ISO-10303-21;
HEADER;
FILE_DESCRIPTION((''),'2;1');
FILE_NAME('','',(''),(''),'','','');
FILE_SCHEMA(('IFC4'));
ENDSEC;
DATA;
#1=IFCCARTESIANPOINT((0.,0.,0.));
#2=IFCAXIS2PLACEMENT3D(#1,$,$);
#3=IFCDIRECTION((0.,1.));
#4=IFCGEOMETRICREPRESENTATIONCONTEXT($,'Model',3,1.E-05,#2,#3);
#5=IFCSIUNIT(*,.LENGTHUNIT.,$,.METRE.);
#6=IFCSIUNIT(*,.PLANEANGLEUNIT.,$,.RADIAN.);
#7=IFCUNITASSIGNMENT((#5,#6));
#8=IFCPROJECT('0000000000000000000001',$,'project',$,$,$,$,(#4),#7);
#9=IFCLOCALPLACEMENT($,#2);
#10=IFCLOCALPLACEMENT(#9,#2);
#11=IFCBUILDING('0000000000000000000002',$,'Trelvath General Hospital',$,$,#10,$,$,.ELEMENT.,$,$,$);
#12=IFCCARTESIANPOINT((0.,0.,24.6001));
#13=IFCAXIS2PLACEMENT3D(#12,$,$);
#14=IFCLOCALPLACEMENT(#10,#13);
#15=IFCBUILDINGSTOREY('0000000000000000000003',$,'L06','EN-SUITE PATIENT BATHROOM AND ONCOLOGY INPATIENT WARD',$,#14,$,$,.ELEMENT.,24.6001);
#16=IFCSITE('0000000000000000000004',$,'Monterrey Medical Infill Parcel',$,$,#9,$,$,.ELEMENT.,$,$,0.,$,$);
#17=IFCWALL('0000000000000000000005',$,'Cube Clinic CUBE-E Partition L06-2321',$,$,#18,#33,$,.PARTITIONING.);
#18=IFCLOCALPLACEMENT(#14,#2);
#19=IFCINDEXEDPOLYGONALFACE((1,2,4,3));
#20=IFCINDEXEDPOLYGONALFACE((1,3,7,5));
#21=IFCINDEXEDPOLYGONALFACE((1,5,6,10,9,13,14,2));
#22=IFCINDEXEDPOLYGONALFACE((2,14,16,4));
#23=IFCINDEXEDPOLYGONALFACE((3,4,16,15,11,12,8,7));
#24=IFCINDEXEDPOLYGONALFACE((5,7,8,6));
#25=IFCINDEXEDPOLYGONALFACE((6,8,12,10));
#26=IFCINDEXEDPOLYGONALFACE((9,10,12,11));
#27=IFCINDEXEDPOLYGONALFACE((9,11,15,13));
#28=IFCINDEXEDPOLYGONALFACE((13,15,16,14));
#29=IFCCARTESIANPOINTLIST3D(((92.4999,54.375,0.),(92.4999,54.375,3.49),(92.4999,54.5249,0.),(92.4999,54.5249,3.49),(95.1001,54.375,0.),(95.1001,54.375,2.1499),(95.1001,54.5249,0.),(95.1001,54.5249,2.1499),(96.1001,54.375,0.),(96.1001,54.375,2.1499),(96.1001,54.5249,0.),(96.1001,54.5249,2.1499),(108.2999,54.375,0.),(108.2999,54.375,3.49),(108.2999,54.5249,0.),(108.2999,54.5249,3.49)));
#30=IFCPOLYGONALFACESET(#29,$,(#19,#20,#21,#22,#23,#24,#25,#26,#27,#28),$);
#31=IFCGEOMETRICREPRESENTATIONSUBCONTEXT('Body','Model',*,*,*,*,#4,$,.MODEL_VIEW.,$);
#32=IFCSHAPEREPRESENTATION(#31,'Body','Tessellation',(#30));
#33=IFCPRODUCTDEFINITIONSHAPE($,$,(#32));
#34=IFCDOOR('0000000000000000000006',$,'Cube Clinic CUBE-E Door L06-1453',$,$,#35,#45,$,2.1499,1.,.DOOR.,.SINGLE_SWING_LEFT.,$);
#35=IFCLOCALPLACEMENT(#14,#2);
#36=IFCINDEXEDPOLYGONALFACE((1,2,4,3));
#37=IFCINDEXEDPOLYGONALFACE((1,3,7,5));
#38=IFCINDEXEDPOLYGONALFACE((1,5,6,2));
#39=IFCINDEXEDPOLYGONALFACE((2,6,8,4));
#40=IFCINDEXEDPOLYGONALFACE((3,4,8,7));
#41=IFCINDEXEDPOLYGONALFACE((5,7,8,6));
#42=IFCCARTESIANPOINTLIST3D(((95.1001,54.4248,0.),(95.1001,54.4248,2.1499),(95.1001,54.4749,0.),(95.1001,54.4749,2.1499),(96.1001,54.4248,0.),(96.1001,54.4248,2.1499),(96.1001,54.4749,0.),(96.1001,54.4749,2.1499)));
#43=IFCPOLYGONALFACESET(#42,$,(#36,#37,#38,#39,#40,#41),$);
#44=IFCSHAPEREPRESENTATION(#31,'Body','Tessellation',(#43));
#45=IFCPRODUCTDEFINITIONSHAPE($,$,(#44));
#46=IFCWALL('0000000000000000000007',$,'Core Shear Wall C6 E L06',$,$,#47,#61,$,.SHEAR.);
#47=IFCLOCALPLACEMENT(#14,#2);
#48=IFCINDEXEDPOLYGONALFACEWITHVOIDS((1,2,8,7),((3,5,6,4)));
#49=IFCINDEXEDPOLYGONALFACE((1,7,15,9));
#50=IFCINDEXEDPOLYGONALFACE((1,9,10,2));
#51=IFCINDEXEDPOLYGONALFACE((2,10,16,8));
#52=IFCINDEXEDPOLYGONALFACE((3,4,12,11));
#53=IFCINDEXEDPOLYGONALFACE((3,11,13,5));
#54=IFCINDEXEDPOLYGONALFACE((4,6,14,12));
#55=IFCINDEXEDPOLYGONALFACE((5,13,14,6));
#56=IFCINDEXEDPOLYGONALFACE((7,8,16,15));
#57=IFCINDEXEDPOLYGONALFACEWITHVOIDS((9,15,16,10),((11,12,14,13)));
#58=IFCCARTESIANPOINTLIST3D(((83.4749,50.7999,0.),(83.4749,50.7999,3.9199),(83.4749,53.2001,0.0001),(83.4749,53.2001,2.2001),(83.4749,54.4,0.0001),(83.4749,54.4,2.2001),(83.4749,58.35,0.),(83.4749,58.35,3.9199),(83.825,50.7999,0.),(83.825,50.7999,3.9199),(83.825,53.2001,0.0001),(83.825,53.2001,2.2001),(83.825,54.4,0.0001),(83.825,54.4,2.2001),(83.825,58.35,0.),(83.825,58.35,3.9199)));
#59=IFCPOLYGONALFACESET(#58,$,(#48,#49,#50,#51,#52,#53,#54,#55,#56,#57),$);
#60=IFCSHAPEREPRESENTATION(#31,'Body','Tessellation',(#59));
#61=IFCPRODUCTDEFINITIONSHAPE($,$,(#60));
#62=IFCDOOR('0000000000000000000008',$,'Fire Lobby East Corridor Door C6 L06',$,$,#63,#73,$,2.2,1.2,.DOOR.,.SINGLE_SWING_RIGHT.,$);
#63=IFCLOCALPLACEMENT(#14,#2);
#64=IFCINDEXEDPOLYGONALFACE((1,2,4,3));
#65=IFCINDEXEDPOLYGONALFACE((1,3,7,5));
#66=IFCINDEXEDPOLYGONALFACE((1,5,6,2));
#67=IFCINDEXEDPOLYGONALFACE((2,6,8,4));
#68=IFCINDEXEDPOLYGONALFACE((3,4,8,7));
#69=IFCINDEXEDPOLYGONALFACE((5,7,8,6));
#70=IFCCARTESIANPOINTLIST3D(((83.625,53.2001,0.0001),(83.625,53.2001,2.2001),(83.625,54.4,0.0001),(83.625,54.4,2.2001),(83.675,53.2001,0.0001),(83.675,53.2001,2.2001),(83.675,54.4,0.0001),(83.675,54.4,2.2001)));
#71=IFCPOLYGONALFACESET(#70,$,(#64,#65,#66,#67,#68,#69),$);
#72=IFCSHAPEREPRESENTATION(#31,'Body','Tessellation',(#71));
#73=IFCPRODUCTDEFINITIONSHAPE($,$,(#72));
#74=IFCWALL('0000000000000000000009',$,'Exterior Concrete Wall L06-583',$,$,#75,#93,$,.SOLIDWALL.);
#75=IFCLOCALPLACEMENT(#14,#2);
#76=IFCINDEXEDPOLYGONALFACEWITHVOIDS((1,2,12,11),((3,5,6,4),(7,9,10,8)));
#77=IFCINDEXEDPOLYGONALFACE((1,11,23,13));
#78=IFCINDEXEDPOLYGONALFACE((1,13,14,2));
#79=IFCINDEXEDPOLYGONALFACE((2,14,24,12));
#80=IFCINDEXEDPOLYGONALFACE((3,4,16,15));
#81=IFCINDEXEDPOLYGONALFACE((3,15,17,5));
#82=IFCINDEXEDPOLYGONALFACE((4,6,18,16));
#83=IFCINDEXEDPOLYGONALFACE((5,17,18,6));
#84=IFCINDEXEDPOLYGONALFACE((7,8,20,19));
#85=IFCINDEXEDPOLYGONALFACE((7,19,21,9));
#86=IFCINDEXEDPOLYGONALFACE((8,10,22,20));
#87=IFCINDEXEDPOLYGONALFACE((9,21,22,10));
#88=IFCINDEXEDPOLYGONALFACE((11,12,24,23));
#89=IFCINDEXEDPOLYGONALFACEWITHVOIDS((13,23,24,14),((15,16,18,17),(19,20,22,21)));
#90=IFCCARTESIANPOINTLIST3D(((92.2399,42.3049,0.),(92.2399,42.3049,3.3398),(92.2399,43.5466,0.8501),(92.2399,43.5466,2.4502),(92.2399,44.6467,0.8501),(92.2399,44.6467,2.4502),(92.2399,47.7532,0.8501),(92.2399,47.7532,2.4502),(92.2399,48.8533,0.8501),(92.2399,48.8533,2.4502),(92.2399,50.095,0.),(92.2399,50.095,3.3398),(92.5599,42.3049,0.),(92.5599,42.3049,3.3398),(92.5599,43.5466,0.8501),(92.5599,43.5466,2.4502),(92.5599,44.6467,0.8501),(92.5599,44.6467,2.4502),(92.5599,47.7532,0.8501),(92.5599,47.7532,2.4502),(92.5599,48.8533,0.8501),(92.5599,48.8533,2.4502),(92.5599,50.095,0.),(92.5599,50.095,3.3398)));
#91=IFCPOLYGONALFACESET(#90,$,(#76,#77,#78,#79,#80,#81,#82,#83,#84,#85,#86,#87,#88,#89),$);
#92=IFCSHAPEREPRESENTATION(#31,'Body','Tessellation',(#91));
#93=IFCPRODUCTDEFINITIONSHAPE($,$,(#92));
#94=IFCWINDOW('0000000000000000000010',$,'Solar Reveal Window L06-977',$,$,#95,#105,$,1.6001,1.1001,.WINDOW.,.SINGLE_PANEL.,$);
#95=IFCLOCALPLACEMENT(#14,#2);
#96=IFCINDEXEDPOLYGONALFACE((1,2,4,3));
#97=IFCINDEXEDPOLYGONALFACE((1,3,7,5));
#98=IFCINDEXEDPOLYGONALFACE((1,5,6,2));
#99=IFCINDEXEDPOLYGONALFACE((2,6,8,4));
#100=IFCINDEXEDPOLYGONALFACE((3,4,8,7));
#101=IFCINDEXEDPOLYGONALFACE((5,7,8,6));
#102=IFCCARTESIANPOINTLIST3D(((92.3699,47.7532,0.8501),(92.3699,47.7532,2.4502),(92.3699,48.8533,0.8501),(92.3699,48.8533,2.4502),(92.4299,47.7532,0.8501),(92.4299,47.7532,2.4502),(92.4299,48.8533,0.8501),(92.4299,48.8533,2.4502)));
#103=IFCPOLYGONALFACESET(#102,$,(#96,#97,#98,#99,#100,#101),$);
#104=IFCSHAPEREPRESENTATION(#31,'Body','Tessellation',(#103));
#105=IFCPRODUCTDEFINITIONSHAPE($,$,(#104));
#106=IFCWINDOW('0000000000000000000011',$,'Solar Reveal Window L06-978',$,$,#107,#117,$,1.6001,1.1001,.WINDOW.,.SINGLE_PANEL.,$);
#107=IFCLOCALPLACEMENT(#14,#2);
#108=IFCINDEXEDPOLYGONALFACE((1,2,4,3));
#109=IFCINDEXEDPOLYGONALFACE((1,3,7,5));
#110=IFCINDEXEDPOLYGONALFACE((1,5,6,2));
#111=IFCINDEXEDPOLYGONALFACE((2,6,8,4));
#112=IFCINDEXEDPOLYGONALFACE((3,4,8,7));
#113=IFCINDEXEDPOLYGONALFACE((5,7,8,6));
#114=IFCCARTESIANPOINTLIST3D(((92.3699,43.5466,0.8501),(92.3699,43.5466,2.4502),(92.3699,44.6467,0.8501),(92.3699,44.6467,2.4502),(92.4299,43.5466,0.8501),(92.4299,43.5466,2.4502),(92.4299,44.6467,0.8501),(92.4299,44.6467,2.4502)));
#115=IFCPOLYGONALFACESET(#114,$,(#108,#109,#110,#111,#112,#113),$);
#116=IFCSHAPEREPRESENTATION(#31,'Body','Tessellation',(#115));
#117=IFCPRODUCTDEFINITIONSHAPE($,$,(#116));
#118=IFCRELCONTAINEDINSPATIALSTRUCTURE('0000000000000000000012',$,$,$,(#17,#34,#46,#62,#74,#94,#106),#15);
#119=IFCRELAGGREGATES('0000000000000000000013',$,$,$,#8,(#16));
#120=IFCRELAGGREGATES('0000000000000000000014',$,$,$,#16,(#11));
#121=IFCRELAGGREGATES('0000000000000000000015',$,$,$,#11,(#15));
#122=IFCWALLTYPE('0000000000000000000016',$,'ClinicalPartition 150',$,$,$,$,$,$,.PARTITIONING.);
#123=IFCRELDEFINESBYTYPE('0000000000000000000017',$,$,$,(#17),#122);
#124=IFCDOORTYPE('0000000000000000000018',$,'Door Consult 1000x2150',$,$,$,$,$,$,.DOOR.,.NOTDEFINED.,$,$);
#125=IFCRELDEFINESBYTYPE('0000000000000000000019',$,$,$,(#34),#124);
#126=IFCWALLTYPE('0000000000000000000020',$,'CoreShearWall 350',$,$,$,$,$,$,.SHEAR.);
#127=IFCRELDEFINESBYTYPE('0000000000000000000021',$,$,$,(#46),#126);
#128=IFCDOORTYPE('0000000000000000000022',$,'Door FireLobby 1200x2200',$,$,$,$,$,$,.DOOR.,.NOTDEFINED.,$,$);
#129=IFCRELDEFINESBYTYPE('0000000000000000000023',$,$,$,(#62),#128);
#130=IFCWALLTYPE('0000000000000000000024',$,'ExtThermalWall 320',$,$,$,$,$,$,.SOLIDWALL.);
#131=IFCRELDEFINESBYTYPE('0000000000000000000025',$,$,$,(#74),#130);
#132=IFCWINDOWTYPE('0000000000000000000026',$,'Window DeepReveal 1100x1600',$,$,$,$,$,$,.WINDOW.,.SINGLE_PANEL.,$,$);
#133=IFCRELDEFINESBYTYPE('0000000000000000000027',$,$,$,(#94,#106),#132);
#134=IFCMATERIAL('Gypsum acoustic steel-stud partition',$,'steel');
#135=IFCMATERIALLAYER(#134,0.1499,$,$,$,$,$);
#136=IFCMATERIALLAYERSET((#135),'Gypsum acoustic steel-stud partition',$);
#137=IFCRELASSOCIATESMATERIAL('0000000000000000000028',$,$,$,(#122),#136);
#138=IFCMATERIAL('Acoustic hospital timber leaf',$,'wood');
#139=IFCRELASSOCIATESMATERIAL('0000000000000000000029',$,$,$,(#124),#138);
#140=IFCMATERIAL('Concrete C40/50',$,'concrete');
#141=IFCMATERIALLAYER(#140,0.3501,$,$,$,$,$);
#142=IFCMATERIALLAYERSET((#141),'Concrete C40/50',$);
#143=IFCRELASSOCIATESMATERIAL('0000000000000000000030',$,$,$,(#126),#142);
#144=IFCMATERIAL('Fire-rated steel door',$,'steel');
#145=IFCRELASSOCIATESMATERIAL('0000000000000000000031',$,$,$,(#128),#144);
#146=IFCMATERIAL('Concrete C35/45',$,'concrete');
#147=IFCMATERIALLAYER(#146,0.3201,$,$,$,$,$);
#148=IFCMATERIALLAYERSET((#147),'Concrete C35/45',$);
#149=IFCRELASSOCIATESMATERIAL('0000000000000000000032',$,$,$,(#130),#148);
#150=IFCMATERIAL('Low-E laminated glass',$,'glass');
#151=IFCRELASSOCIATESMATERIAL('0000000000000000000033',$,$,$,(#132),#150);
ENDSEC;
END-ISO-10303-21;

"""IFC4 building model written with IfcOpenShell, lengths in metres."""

from ifc_helpers import new_model, si_unit, direction, frame, frame_2d, origin, place, context, subcontext, project, spatial, rectangle, extrude, material, layer, layer_set, type_object, element, fill, save


model = new_model("IFC4")

# Units and contexts
model_context = context("Model", 3, precision=1e-05, world=origin(), true_north=direction((0.0, 1.0)))
body_context = subcontext(model_context, "Body", "Model", "MODEL_VIEW")
ifc_project = project(units=[si_unit("LENGTHUNIT", "METRE"), si_unit("PLANEANGLEUNIT", "RADIAN")], contexts=[model_context])

# Site, building, storey
site_placement = place(None, origin())
site = spatial("IfcSite", under=ifc_project, at=site_placement, Name="Monterrey Medical Infill Parcel", CompositionType="ELEMENT", RefElevation=0.0)
building_placement = place(site_placement, origin())
building = spatial("IfcBuilding", under=site, at=building_placement, Name="Trelvath General Hospital", CompositionType="ELEMENT")
storey_placement = place(building_placement, frame((0.0, 0.0, 24.6001)))
storey = spatial("IfcBuildingStorey", under=building, at=storey_placement, Name="L06", Description="EN-SUITE PATIENT BATHROOM AND ONCOLOGY INPATIENT WARD", CompositionType="ELEMENT", Elevation=24.6001)

# Walls, openings, doors
ifc_material_1 = material(Name="Gypsum acoustic steel-stud partition", Category="steel")
ifc_layer_1 = layer(ifc_material_1, 0.1499)
ifc_layer_set_1 = layer_set([ifc_layer_1], Name="Gypsum acoustic steel-stud partition")
wall_type_1 = type_object("IfcWallType", Name="ClinicalPartition 150", PredefinedType="PARTITIONING", material=ifc_layer_set_1)
wall_1_placement = place(storey_placement, frame((92.5, 54.45, 0.0), z_axis=(0.0, 0.0, 1.0), x_axis=(1.0, 0.0, 0.0)))
wall_1 = element("IfcWall", 1, at=wall_1_placement, inside=storey, type_object=wall_type_1, Name="Cube Clinic CUBE-E Partition L06-2321", PredefinedType="PARTITIONING", context=body_context, shape_type="SweptSolid", body=[
    extrude(rectangle(XDim=15.8, YDim=0.1499, at=frame_2d((7.8999, 0.0))), origin(), (0.0, 0.0, 1.0), 3.49),
])
opening_1_placement = place(wall_1_placement, frame((2.6001, 0.0, 0.0)))
opening_1 = element("IfcOpeningElement", 2, at=opening_1_placement, cuts=wall_1, PredefinedType="OPENING", context=body_context, shape_type="SweptSolid", body=[
    extrude(rectangle(XDim=1.0, YDim=2.1499, at=frame_2d((0.5, 1.075))), frame((0.0, 0.085, 0.0), z_axis=(0.0, -1.0, 0.0), x_axis=(1.0, 0.0, 0.0)), (0.0, 0.0, 1.0), 0.1699),
])
ifc_material_2 = material(Name="Acoustic hospital timber leaf", Category="wood")
door_type_1 = type_object("IfcDoorType", Name="Door Consult 1000x2150", OperationType="NOTDEFINED", PredefinedType="DOOR", material=ifc_material_2)
door_1_placement = place(opening_1_placement, origin())
door_1 = element("IfcDoor", 3, at=door_1_placement, inside=storey, type_object=door_type_1, Name="Cube Clinic CUBE-E Door L06-1453", OperationType="SINGLE_SWING_LEFT", OverallHeight=2.1499, OverallWidth=1.0, PredefinedType="DOOR", context=body_context, shape_type="SweptSolid", body=[
    extrude(rectangle(XDim=1.0, YDim=2.1499, at=frame_2d((0.5, 1.075))), frame((0.0, 0.0249, 0.0), z_axis=(0.0, -1.0, 0.0), x_axis=(1.0, 0.0, 0.0)), (0.0, 0.0, 1.0), 0.05),
])
fill(opening_1, door_1)
ifc_material_3 = material(Name="Concrete C40/50", Category="concrete")
ifc_layer_2 = layer(ifc_material_3, 0.3501)
ifc_layer_set_2 = layer_set([ifc_layer_2], Name="Concrete C40/50")
wall_type_2 = type_object("IfcWallType", Name="CoreShearWall 350", PredefinedType="SHEAR", material=ifc_layer_set_2)
wall_2_placement = place(storey_placement, frame((83.6499, 50.8, 0.0), z_axis=(0.0, 0.0, 1.0), x_axis=(0.0, 1.0, 0.0)))
wall_2 = element("IfcWall", 4, at=wall_2_placement, inside=storey, type_object=wall_type_2, Name="Core Shear Wall C6 E L06", PredefinedType="SHEAR", context=body_context, shape_type="SweptSolid", body=[
    extrude(rectangle(XDim=7.55, YDim=0.3501, at=frame_2d((3.7749, 0.0))), origin(), (0.0, 0.0, 1.0), 3.9199),
])
opening_2_placement = place(wall_2_placement, frame((2.3999, 0.0, 0.0)))
opening_2 = element("IfcOpeningElement", 5, at=opening_2_placement, cuts=wall_2, PredefinedType="OPENING", context=body_context, shape_type="SweptSolid", body=[
    extrude(rectangle(XDim=1.2, YDim=2.2, at=frame_2d((0.6001, 1.1001))), frame((0.0, 0.1851, 0.0), z_axis=(0.0, -1.0, 0.0), x_axis=(1.0, 0.0, 0.0)), (0.0, 0.0, 1.0), 0.3701),
])
ifc_material_4 = material(Name="Fire-rated steel door", Category="steel")
door_type_2 = type_object("IfcDoorType", Name="Door FireLobby 1200x2200", OperationType="NOTDEFINED", PredefinedType="DOOR", material=ifc_material_4)
door_2_placement = place(opening_2_placement, origin())
door_2 = element("IfcDoor", 6, at=door_2_placement, inside=storey, type_object=door_type_2, Name="Fire Lobby East Corridor Door C6 L06", OperationType="SINGLE_SWING_RIGHT", OverallHeight=2.2, OverallWidth=1.2, PredefinedType="DOOR", context=body_context, shape_type="SweptSolid", body=[
    extrude(rectangle(XDim=1.2, YDim=2.2, at=frame_2d((0.6001, 1.1001))), frame((0.0, 0.0249, 0.0), z_axis=(0.0, -1.0, 0.0), x_axis=(1.0, 0.0, 0.0)), (0.0, 0.0, 1.0), 0.05),
])
fill(opening_2, door_2)

# Wall, openings, windows
ifc_material_5 = material(Name="Concrete C35/45", Category="concrete")
ifc_layer_3 = layer(ifc_material_5, 0.3201)
ifc_layer_set_3 = layer_set([ifc_layer_3], Name="Concrete C35/45")
wall_type_3 = type_object("IfcWallType", Name="ExtThermalWall 320", PredefinedType="SOLIDWALL", material=ifc_layer_set_3)
wall_3_placement = place(storey_placement, frame((92.3999, 50.095, 0.0), z_axis=(0.0, 0.0, 1.0), x_axis=(0.0, -1.0, 0.0)))
wall_3 = element("IfcWall", 7, at=wall_3_placement, inside=storey, type_object=wall_type_3, Name="Exterior Concrete Wall L06-583", PredefinedType="SOLIDWALL", context=body_context, shape_type="SweptSolid", body=[
    extrude(rectangle(XDim=7.79, YDim=0.3201, at=frame_2d((3.895, 0.0))), origin(), (0.0, 0.0, 1.0), 3.3398),
])
opening_3_placement = place(wall_3_placement, frame((1.2417, 0.0, 0.8501)))
opening_3 = element("IfcOpeningElement", 8, at=opening_3_placement, cuts=wall_3, PredefinedType="OPENING", context=body_context, shape_type="SweptSolid", body=[
    extrude(rectangle(XDim=1.1001, YDim=1.6001, at=frame_2d((0.55, 0.8))), frame((0.0, 0.1699, 0.0), z_axis=(0.0, -1.0, 0.0), x_axis=(1.0, 0.0, 0.0)), (0.0, 0.0, 1.0), 0.3401),
])
opening_4_placement = place(wall_3_placement, frame((5.4482, 0.0, 0.8501)))
opening_4 = element("IfcOpeningElement", 9, at=opening_4_placement, cuts=wall_3, PredefinedType="OPENING", context=body_context, shape_type="SweptSolid", body=[
    extrude(rectangle(XDim=1.1001, YDim=1.6001, at=frame_2d((0.55, 0.8))), frame((0.0, 0.1699, 0.0), z_axis=(0.0, -1.0, 0.0), x_axis=(1.0, 0.0, 0.0)), (0.0, 0.0, 1.0), 0.3401),
])
ifc_material_6 = material(Name="Low-E laminated glass", Category="glass")
window_type = type_object("IfcWindowType", Name="Window DeepReveal 1100x1600", PartitioningType="SINGLE_PANEL", PredefinedType="WINDOW", material=ifc_material_6)
window_1_placement = place(opening_3_placement, origin())
window_1 = element("IfcWindow", 10, at=window_1_placement, inside=storey, type_object=window_type, Name="Solar Reveal Window L06-977", OverallHeight=1.6001, OverallWidth=1.1001, PartitioningType="SINGLE_PANEL", PredefinedType="WINDOW", context=body_context, shape_type="SweptSolid", body=[
    extrude(rectangle(XDim=1.1001, YDim=1.6001, at=frame_2d((0.55, 0.8))), frame((0.0, 0.03, 0.0), z_axis=(0.0, -1.0, 0.0), x_axis=(1.0, 0.0, 0.0)), (0.0, 0.0, 1.0), 0.0601),
])
fill(opening_3, window_1)
window_2_placement = place(opening_4_placement, origin())
window_2 = element("IfcWindow", 11, at=window_2_placement, inside=storey, type_object=window_type, Name="Solar Reveal Window L06-978", OverallHeight=1.6001, OverallWidth=1.1001, PartitioningType="SINGLE_PANEL", PredefinedType="WINDOW", context=body_context, shape_type="SweptSolid", body=[
    extrude(rectangle(XDim=1.1001, YDim=1.6001, at=frame_2d((0.55, 0.8))), frame((0.0, 0.03, 0.0), z_axis=(0.0, -1.0, 0.0), x_axis=(1.0, 0.0, 0.0)), (0.0, 0.0, 1.0), 0.0601),
])
fill(opening_4, window_2)

save(model, "model.ifc")
